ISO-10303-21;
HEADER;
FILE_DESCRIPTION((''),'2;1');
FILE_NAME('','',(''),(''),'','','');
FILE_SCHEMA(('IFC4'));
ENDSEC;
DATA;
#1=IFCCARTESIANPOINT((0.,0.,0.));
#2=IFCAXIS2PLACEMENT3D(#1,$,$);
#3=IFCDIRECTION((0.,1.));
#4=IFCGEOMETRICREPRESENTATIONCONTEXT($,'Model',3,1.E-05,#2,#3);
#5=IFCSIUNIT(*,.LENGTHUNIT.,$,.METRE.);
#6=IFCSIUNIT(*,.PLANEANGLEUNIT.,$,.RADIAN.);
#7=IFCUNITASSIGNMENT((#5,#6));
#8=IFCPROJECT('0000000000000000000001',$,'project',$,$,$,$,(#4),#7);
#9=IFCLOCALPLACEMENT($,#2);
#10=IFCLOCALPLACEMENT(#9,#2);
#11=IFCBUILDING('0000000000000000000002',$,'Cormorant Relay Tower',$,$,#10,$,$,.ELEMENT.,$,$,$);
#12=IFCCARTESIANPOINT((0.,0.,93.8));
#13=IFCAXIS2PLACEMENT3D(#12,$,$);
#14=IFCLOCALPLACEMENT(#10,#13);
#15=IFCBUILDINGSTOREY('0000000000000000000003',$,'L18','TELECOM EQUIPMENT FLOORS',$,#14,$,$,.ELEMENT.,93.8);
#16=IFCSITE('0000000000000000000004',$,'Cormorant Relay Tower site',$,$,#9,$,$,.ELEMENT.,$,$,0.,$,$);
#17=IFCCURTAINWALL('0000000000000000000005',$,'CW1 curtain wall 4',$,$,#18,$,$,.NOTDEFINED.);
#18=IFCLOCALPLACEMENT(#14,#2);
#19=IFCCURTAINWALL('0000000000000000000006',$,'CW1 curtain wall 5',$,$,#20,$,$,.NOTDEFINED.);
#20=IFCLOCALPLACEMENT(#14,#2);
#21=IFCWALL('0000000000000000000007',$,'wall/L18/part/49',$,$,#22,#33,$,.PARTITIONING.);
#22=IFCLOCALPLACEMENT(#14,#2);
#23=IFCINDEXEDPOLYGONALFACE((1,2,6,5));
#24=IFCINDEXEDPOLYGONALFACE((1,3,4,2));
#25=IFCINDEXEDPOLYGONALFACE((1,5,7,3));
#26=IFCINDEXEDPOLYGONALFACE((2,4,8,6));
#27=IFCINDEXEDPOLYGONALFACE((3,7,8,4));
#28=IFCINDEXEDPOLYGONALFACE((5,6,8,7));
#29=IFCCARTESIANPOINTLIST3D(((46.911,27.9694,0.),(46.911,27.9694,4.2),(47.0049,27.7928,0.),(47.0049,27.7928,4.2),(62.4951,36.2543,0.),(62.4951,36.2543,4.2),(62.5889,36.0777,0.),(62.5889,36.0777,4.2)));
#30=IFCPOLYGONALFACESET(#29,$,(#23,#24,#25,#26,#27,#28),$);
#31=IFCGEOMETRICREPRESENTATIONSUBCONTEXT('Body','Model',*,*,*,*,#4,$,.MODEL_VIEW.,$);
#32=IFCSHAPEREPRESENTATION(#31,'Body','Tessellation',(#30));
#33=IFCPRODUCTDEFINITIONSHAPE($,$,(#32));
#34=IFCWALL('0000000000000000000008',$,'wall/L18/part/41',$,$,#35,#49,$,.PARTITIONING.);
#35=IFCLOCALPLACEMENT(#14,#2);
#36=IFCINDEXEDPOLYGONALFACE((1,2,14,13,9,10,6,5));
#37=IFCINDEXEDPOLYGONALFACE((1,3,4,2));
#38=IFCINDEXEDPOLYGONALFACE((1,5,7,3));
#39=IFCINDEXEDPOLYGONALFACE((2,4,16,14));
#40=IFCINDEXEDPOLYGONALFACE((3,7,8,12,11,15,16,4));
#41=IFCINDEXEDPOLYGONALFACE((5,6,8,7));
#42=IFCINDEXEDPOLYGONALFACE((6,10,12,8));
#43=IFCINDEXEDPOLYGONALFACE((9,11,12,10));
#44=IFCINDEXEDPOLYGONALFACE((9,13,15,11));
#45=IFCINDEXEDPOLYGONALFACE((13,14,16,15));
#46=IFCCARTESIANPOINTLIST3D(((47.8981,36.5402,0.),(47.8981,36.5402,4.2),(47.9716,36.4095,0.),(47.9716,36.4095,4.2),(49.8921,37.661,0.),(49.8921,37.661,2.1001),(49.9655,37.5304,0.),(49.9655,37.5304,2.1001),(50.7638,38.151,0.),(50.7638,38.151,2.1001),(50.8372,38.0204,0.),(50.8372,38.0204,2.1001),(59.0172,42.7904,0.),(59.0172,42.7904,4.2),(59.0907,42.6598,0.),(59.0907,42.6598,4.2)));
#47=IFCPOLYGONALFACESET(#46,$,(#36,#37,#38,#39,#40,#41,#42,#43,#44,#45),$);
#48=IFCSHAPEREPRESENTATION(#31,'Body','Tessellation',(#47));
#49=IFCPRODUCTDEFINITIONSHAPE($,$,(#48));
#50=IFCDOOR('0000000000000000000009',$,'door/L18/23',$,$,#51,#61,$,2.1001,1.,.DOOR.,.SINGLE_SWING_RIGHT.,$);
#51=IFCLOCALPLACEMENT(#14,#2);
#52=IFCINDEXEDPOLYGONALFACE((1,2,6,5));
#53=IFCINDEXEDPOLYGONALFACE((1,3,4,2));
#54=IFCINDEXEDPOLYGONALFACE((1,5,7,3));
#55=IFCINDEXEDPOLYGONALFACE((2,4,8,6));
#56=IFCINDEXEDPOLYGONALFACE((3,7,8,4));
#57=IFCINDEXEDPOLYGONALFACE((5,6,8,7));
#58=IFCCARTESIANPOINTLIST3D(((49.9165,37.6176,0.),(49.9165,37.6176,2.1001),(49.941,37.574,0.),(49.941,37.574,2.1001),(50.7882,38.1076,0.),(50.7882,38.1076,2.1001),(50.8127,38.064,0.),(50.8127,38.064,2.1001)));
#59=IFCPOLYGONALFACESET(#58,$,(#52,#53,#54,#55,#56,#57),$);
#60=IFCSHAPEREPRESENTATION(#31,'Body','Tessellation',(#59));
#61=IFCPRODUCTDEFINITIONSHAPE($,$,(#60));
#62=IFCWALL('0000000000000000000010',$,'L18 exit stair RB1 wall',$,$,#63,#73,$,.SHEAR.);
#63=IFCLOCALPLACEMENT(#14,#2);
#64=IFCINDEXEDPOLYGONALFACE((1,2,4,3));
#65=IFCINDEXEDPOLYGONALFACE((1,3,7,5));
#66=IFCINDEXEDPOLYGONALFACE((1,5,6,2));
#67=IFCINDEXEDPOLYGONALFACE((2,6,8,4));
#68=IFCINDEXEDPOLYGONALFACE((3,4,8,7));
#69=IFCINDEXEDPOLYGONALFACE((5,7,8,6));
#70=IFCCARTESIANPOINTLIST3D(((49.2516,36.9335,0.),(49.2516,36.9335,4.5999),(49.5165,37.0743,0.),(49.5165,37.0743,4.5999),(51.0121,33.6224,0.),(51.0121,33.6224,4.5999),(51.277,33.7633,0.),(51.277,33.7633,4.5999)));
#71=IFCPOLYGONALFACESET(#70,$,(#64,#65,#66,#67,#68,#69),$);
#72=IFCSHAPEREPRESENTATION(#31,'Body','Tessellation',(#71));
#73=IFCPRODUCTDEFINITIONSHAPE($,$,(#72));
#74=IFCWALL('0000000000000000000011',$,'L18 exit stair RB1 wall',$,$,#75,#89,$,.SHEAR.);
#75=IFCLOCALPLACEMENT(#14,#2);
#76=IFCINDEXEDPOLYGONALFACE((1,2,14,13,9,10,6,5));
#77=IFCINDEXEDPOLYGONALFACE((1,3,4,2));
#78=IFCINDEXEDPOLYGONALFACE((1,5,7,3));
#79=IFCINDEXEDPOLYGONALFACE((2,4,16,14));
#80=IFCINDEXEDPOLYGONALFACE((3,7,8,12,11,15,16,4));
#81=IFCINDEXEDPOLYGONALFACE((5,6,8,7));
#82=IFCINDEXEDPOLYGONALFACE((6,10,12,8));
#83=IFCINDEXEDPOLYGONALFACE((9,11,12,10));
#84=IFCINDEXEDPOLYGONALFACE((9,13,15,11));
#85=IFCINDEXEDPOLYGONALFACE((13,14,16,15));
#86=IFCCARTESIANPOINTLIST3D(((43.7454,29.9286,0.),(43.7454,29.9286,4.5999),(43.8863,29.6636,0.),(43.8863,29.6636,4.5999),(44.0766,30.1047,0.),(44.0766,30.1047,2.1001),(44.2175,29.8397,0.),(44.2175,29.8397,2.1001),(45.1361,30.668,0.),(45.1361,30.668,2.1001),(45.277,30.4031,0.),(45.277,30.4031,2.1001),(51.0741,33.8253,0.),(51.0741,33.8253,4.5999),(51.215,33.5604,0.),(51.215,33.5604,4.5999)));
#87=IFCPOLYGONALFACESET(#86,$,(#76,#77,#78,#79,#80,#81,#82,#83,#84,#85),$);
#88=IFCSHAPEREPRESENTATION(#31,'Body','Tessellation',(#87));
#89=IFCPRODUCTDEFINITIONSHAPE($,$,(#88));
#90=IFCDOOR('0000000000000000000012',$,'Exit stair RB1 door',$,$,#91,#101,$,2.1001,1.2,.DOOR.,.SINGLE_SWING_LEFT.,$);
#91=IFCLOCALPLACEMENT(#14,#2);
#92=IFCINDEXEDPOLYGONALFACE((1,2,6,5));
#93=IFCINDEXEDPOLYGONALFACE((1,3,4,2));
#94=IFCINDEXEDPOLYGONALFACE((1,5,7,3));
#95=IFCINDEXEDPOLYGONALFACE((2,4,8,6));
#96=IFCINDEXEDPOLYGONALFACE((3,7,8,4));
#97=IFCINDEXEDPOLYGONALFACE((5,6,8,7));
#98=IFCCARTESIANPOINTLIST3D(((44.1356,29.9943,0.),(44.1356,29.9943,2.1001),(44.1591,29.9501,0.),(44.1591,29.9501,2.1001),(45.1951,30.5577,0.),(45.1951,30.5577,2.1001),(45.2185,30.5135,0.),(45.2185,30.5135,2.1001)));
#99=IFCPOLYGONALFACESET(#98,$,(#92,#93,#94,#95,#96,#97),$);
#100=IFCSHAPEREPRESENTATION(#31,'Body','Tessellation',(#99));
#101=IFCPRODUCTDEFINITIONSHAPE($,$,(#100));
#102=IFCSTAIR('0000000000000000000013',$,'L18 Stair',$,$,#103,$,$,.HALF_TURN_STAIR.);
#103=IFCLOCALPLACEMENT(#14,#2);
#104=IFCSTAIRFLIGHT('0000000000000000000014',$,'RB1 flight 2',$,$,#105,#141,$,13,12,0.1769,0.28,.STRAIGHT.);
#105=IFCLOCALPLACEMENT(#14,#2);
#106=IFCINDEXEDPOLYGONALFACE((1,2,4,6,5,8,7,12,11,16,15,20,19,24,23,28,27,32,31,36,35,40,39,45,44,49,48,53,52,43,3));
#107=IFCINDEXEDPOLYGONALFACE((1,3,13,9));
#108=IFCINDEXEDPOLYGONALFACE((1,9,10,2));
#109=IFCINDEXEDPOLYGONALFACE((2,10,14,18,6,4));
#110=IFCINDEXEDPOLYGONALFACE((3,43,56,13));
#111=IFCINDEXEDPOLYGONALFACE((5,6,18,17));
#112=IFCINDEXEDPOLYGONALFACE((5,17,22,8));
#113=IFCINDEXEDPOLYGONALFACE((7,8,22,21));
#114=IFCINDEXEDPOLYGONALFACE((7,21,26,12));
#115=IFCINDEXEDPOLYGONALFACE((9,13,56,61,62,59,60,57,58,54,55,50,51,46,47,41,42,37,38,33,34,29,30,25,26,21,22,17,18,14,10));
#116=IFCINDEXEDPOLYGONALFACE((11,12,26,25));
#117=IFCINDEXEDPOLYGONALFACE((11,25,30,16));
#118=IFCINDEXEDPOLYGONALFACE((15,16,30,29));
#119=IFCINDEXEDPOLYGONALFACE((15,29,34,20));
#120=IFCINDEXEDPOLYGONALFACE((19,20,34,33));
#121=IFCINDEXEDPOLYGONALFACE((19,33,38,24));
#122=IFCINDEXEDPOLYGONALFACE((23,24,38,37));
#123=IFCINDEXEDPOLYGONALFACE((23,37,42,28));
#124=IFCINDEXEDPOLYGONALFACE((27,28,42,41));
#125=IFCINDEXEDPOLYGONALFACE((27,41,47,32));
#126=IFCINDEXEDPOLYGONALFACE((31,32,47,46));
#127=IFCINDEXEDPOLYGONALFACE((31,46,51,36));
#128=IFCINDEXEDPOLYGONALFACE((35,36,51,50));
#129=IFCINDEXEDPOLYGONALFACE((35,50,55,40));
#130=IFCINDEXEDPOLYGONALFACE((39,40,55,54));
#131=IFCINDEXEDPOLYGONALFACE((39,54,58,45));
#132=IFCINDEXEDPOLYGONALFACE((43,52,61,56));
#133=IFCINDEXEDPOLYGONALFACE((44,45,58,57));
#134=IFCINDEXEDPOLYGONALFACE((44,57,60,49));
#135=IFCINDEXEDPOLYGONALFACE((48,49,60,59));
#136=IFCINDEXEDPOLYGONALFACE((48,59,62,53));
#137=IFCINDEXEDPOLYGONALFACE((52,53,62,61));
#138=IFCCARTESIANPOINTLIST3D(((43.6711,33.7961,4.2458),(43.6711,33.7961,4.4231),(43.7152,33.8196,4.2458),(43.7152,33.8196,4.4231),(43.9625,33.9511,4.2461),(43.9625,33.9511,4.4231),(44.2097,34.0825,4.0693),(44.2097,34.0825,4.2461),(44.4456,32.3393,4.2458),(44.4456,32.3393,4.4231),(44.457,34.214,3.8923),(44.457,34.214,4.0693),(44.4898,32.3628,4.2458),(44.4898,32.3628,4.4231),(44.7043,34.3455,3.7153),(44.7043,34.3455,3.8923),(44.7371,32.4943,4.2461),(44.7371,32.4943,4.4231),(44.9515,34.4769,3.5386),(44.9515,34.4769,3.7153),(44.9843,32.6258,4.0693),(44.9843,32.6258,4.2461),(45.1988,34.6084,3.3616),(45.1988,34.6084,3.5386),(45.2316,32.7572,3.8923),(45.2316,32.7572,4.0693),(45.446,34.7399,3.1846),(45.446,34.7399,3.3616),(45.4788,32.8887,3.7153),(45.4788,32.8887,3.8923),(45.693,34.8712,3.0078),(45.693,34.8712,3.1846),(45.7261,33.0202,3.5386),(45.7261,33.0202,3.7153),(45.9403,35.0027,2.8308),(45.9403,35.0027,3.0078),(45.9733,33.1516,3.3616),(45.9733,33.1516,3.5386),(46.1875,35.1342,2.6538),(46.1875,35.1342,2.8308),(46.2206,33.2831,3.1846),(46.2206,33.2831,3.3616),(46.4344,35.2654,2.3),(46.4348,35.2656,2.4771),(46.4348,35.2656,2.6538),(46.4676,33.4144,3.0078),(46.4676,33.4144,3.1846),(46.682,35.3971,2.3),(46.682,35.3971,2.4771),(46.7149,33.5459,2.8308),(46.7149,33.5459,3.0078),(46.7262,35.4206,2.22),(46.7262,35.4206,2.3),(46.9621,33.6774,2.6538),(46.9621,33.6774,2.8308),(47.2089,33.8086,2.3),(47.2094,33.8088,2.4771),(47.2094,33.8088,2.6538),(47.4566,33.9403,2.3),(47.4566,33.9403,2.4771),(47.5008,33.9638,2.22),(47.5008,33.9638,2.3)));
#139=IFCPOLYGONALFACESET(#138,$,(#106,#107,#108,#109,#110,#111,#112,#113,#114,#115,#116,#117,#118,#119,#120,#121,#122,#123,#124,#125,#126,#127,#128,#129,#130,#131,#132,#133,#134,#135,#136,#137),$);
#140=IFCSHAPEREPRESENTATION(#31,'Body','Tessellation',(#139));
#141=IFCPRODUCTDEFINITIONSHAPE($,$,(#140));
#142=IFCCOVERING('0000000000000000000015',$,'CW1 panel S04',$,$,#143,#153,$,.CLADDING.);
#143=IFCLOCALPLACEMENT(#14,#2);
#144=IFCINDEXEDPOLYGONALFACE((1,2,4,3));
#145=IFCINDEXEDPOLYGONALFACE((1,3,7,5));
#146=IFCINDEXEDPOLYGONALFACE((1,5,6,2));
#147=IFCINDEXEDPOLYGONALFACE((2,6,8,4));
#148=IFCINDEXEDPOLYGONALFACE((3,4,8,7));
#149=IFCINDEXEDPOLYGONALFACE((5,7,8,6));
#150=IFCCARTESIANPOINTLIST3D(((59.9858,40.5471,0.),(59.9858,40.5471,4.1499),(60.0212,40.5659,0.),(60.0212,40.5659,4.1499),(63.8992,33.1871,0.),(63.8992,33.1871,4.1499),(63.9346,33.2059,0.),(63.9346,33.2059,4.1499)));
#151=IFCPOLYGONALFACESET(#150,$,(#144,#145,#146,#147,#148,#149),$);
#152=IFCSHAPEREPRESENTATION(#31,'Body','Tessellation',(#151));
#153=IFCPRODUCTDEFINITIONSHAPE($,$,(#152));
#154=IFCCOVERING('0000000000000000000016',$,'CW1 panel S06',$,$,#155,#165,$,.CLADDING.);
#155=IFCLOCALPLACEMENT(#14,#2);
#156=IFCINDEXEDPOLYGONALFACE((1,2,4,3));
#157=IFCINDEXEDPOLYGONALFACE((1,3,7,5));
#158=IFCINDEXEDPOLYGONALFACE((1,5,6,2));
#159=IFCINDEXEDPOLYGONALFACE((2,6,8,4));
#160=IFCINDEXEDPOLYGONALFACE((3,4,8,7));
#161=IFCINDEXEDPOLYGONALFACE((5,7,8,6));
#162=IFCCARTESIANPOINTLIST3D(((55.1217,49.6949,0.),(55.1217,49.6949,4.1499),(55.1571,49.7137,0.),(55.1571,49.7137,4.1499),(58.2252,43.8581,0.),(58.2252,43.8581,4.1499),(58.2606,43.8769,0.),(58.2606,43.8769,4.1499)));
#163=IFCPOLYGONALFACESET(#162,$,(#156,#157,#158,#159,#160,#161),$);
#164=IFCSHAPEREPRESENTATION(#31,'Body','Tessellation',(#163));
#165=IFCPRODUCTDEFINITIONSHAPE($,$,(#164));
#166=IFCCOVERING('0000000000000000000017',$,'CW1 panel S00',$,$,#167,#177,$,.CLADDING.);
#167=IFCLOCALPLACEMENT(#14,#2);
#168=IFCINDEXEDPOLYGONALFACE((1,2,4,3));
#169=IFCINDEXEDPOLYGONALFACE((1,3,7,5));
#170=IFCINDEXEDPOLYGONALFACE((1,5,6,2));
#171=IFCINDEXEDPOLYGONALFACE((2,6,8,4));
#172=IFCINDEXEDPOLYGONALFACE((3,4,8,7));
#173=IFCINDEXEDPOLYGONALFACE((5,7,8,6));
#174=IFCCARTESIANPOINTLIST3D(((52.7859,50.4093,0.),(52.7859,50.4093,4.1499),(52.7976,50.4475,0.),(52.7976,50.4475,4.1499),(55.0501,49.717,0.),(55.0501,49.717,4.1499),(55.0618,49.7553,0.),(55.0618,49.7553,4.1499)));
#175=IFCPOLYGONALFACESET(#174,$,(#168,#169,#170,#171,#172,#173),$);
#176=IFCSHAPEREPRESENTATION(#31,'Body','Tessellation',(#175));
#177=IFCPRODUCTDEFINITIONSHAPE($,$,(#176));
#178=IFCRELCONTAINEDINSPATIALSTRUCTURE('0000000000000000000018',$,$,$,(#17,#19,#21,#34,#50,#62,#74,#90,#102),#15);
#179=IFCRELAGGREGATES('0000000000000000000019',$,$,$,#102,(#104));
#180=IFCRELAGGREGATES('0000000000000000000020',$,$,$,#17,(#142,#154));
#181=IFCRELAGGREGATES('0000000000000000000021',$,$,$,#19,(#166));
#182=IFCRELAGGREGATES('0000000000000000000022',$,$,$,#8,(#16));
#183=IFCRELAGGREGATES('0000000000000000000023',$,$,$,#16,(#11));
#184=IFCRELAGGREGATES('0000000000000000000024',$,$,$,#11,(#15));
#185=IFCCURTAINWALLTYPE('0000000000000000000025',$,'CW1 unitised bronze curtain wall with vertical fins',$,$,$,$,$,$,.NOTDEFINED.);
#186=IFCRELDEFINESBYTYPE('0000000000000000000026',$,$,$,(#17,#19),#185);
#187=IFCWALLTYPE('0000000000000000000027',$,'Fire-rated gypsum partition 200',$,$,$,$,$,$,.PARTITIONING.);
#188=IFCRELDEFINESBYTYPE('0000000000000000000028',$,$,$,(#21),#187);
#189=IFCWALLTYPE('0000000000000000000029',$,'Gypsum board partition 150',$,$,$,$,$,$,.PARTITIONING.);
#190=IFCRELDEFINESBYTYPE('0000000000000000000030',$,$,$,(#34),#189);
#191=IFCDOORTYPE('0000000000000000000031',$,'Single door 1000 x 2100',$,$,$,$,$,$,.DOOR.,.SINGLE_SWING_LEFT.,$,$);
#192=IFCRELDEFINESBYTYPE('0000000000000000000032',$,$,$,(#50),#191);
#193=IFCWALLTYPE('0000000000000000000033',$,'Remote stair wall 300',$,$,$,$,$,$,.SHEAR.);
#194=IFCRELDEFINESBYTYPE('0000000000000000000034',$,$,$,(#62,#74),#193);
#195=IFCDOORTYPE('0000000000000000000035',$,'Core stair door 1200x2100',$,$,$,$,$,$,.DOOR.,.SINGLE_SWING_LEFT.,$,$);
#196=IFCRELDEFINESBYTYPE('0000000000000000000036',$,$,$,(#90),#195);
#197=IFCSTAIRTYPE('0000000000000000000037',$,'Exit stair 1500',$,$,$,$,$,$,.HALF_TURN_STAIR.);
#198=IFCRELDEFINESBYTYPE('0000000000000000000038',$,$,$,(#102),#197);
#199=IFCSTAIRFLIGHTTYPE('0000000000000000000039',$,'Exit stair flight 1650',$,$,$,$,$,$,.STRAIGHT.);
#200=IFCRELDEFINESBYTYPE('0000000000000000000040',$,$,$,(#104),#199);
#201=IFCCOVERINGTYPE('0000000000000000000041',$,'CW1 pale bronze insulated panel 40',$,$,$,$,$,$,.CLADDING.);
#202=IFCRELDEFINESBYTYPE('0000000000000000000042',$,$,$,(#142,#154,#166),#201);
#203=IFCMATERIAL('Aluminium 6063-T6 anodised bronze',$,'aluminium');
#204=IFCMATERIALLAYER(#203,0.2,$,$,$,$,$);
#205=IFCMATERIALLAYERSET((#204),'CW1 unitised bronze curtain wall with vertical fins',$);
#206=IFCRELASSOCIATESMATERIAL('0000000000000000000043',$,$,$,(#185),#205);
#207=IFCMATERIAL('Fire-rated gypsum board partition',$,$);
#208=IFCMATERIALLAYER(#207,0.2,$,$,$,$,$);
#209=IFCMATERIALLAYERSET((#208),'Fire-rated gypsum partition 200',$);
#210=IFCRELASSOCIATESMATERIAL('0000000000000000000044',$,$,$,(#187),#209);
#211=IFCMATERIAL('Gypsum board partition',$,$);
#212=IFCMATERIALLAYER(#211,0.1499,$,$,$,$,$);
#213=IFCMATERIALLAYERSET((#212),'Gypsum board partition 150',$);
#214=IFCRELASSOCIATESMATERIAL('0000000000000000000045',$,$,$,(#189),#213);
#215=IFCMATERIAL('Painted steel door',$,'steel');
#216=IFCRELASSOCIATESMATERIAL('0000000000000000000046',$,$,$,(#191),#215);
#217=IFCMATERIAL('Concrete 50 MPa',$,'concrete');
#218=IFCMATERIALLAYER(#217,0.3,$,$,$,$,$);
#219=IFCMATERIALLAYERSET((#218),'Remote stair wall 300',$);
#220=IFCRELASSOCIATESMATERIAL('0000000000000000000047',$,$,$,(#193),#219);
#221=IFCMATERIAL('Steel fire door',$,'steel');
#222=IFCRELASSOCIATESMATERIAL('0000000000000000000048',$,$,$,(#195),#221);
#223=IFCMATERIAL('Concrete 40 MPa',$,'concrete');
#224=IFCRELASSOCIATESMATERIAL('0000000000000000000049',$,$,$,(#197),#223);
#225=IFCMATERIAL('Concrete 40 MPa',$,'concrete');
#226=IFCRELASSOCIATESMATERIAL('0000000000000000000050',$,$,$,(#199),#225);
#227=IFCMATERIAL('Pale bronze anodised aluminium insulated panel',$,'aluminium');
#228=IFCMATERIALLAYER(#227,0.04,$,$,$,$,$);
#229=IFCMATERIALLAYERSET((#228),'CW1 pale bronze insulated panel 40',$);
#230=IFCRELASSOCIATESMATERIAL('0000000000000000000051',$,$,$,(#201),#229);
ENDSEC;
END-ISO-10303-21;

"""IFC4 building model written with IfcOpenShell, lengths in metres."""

from ifc_helpers import new_model, si_unit, direction, frame, frame_2d, origin, origin_2d, place, context, subcontext, project, spatial, polyline, rectangle, outline, extrude, material, layer, layer_set, type_object, element, fill, aggregate, save


model = new_model("IFC4")

# Units and contexts
model_context = context("Model", 3, precision=1e-05, world=origin(), true_north=direction((0.0, 1.0)))
body_context = subcontext(model_context, "Body", "Model", "MODEL_VIEW")
ifc_project = project(units=[si_unit("LENGTHUNIT", "METRE"), si_unit("PLANEANGLEUNIT", "RADIAN")], contexts=[model_context])

# Site, building, storey
site_placement = place(None, origin())
site = spatial("IfcSite", under=ifc_project, at=site_placement, Name="Cormorant Relay Tower site", CompositionType="ELEMENT", RefElevation=0.0)
building_placement = place(site_placement, origin())
building = spatial("IfcBuilding", under=site, at=building_placement, Name="Cormorant Relay Tower", CompositionType="ELEMENT")
storey_placement = place(building_placement, frame((0.0, 0.0, 93.8)))
storey = spatial("IfcBuildingStorey", under=building, at=storey_placement, Name="L18", Description="TELECOM EQUIPMENT FLOORS", CompositionType="ELEMENT", Elevation=93.8)

# Curtain wall
ifc_material_1 = material(Name="Aluminium 6063-T6 anodised bronze", Category="aluminium")
ifc_layer_1 = layer(ifc_material_1, 0.2)
ifc_layer_set_1 = layer_set([ifc_layer_1], Name="CW1 unitised bronze curtain wall with vertical fins")
curtain_wall_type = type_object("IfcCurtainWallType", Name="CW1 unitised bronze curtain wall with vertical fins", PredefinedType="NOTDEFINED", material=ifc_layer_set_1)
curtain_wall_1_placement = place(storey_placement, origin())
curtain_wall_1 = element("IfcCurtainWall", 1, at=curtain_wall_1_placement, inside=storey, type_object=curtain_wall_type, Name="CW1 curtain wall 4", PredefinedType="NOTDEFINED")

# Curtain wall
curtain_wall_2_placement = place(storey_placement, origin())
curtain_wall_2 = element("IfcCurtainWall", 2, at=curtain_wall_2_placement, inside=storey, type_object=curtain_wall_type, Name="CW1 curtain wall 5", PredefinedType="NOTDEFINED")

# Wall
ifc_material_2 = material(Name="Fire-rated gypsum board partition")
ifc_layer_2 = layer(ifc_material_2, 0.2)
ifc_layer_set_2 = layer_set([ifc_layer_2], Name="Fire-rated gypsum partition 200")
wall_type_1 = type_object("IfcWallType", Name="Fire-rated gypsum partition 200", PredefinedType="PARTITIONING", material=ifc_layer_set_2)
wall_1_placement = place(storey_placement, frame((62.542, 36.166, 0.0), z_axis=(0.0, 0.0, 1.0), x_axis=(-0.882977, -0.469417, 0.0)))
element("IfcWall", 3, at=wall_1_placement, inside=storey, type_object=wall_type_1, Name="wall/L18/part/49", PredefinedType="PARTITIONING", context=body_context, shape_type="SweptSolid", body=[
    extrude(rectangle(XDim=17.6494, YDim=0.2, at=frame_2d((8.8247, 0.0))), origin(), (0.0, 0.0, 1.0), 4.2),
])

# Wall, opening, door
ifc_material_3 = material(Name="Gypsum board partition")
ifc_layer_3 = layer(ifc_material_3, 0.1499)
ifc_layer_set_3 = layer_set([ifc_layer_3], Name="Gypsum board partition 150")
wall_type_2 = type_object("IfcWallType", Name="Gypsum board partition 150", PredefinedType="PARTITIONING", material=ifc_layer_set_3)
wall_2_placement = place(storey_placement, frame((59.054, 42.7251, 0.0), z_axis=(0.0, 0.0, 1.0), x_axis=(-0.871719, -0.490007, 0.0)))
wall_2 = element("IfcWall", 4, at=wall_2_placement, inside=storey, type_object=wall_type_2, Name="wall/L18/part/41", PredefinedType="PARTITIONING", context=body_context, shape_type="SweptSolid", body=[
    extrude(rectangle(XDim=12.7554, YDim=0.1499, at=frame_2d((6.3777, 0.0))), origin(), (0.0, 0.0, 1.0), 4.2),
])
opening_1_placement = place(wall_2_placement, frame((9.468, 0.0, 0.0)))
opening_1 = element("IfcOpeningElement", 5, at=opening_1_placement, cuts=wall_2, PredefinedType="OPENING", context=body_context, shape_type="SweptSolid", body=[
    extrude(rectangle(XDim=1.0, YDim=2.1001, at=frame_2d((0.5, 1.05))), frame((0.0, 0.085, 0.0), z_axis=(0.0, -1.0, 0.0), x_axis=(1.0, 0.0, 0.0)), (0.0, 0.0, 1.0), 0.1699),
])
ifc_material_4 = material(Name="Painted steel door", Category="steel")
door_type_1 = type_object("IfcDoorType", Name="Single door 1000 x 2100", OperationType="SINGLE_SWING_LEFT", PredefinedType="DOOR", material=ifc_material_4)
door_1_placement = place(opening_1_placement, origin())
door_1 = element("IfcDoor", 6, at=door_1_placement, inside=storey, type_object=door_type_1, Name="door/L18/23", OperationType="SINGLE_SWING_RIGHT", OverallHeight=2.1001, OverallWidth=1.0, PredefinedType="DOOR", context=body_context, shape_type="SweptSolid", body=[
    extrude(rectangle(XDim=1.0, YDim=2.1001, at=frame_2d((0.5, 1.05))), frame((0.0, 0.0249, 0.0), z_axis=(0.0, -1.0, 0.0), x_axis=(1.0, 0.0, 0.0)), (0.0, 0.0, 1.0), 0.05),
])
fill(opening_1, door_1)

# Wall
ifc_material_5 = material(Name="Concrete 50 MPa", Category="concrete")
ifc_layer_4 = layer(ifc_material_5, 0.3)
ifc_layer_set_4 = layer_set([ifc_layer_4], Name="Remote stair wall 300")
wall_type_3 = type_object("IfcWallType", Name="Remote stair wall 300", PredefinedType="SHEAR", material=ifc_layer_set_4)
wall_3_placement = place(storey_placement, frame((49.384, 37.0039, 0.0), z_axis=(0.0, 0.0, 1.0), x_axis=(0.469469, -0.882949, 0.0)))
element("IfcWall", 7, at=wall_3_placement, inside=storey, type_object=wall_type_3, Name="L18 exit stair RB1 wall", PredefinedType="SHEAR", context=body_context, shape_type="SweptSolid", body=[
    extrude(rectangle(XDim=3.75, YDim=0.3, at=frame_2d((1.875, 0.0))), origin(), (0.0, 0.0, 1.0), 4.5999),
])

# Wall, opening, door
wall_4_placement = place(storey_placement, frame((51.1445, 33.6929, 0.0), z_axis=(0.0, 0.0, 1.0), x_axis=(-0.882946, -0.469475, 0.0)))
wall_4 = element("IfcWall", 8, at=wall_4_placement, inside=storey, type_object=wall_type_3, Name="L18 exit stair RB1 wall", PredefinedType="SHEAR", context=body_context, shape_type="SweptSolid", body=[
    extrude(rectangle(XDim=8.3003, YDim=0.3, at=frame_2d((4.1501, 0.0))), origin(), (0.0, 0.0, 1.0), 4.5999),
])
opening_2_placement = place(wall_4_placement, frame((6.7251, 0.0, 0.0)))
opening_2 = element("IfcOpeningElement", 9, at=opening_2_placement, cuts=wall_4, PredefinedType="OPENING", context=body_context, shape_type="SweptSolid", body=[
    extrude(rectangle(XDim=1.2, YDim=2.1001, at=frame_2d((0.6001, 1.05))), frame((0.0, 0.1599, 0.0), z_axis=(0.0, -1.0, 0.0), x_axis=(1.0, 0.0, 0.0)), (0.0, 0.0, 1.0), 0.3201),
])
ifc_material_6 = material(Name="Steel fire door", Category="steel")
door_type_2 = type_object("IfcDoorType", Name="Core stair door 1200x2100", OperationType="SINGLE_SWING_LEFT", PredefinedType="DOOR", material=ifc_material_6)
door_2_placement = place(opening_2_placement, frame((1.2, 0.0, 0.0), z_axis=(0.0, 0.0, 1.0), x_axis=(-1.0, 0.0, 0.0)))
door_2 = element("IfcDoor", 10, at=door_2_placement, inside=storey, type_object=door_type_2, Name="Exit stair RB1 door", OperationType="SINGLE_SWING_LEFT", OverallHeight=2.1001, OverallWidth=1.2, PredefinedType="DOOR", context=body_context, shape_type="SweptSolid", body=[
    extrude(rectangle(XDim=1.2, YDim=2.1001, at=frame_2d((0.6001, 1.05))), frame((0.0, 0.0249, 0.0), z_axis=(0.0, -1.0, 0.0), x_axis=(1.0, 0.0, 0.0)), (0.0, 0.0, 1.0), 0.05),
])
fill(opening_2, door_2)

# Stair, stair flight
ifc_material_7 = material(Name="Concrete 40 MPa", Category="concrete")
stair_type = type_object("IfcStairType", Name="Exit stair 1500", PredefinedType="HALF_TURN_STAIR", material=ifc_material_7)
stair_placement = place(storey_placement, origin())
stair = element("IfcStair", 11, at=stair_placement, inside=storey, type_object=stair_type, Name="L18 Stair", PredefinedType="HALF_TURN_STAIR")
ifc_material_8 = material(Name="Concrete 40 MPa", Category="concrete")
stair_flight_type = type_object("IfcStairFlightType", Name="Exit stair flight 1650", PredefinedType="STRAIGHT", material=ifc_material_8)
stair_flight_placement = place(storey_placement, frame((47.0693, 34.6687, 2.3), z_axis=(0.0, 0.0, 1.0), x_axis=(-0.882948, -0.469472, 0.0)))
stair_flight = element("IfcStairFlight", 12, at=stair_flight_placement, type_object=stair_flight_type, Name="RB1 flight 2", NumberOfRisers=13, NumberOfTreads=12, PredefinedType="STRAIGHT", RiserHeight=0.1769, TreadLength=0.28, context=body_context, shape_type="SweptSolid", body=[
    extrude(outline(polyline([(-0.05, -0.0801), (-0.05, 0.0), (0.0, 0.0), (0.0, 0.177), (0.28, 0.177), (0.28, 0.3538), (0.5601, 0.3538), (0.5601, 0.5308), (0.8401, 0.5308), (0.8401, 0.7078), (1.1201, 0.7078), (1.1201, 0.8845), (1.3999, 0.8845), (1.3999, 1.0615), (1.6799, 1.0615), (1.6799, 1.2385), (1.96, 1.2385), (1.96, 1.4153), (2.24, 1.4153), (2.24, 1.5923), (2.52, 1.5923), (2.52, 1.7693), (2.8, 1.7693), (2.8, 1.946), (3.0801, 1.946), (3.0801, 2.123), (3.3601, 2.123), (3.4102, 2.123), (3.4102, 1.9458), (3.3601, 1.9458), (0.2805, 0.0), (-0.05, -0.0801)])), frame((0.0, 0.825, 0.0), z_axis=(0.0, -1.0, 0.0), x_axis=(1.0, 0.0, 0.0)), (0.0, 0.0, 1.0), 1.6499),
])
aggregate(stair, [stair_flight])

# Coverings
ifc_material_9 = material(Name="Pale bronze anodised aluminium insulated panel", Category="aluminium")
ifc_layer_5 = layer(ifc_material_9, 0.04)
ifc_layer_set_5 = layer_set([ifc_layer_5], Name="CW1 pale bronze insulated panel 40")
covering_type = type_object("IfcCoveringType", Name="CW1 pale bronze insulated panel 40", PredefinedType="CLADDING", material=ifc_layer_set_5)
covering_1_placement = place(storey_placement, frame((61.9602, 36.8765, 0.0), z_axis=(0.0, 0.0, 1.0), x_axis=(-0.469472, 0.882948, 0.0)))
covering_1 = element("IfcCovering", 13, at=covering_1_placement, type_object=covering_type, Name="CW1 panel S04", PredefinedType="CLADDING", context=body_context, shape_type="SweptSolid", body=[
    extrude(rectangle(XDim=8.3357, YDim=0.04, at=origin_2d()), origin(), (0.0, 0.0, 1.0), 4.1499),
])
covering_2_placement = place(storey_placement, frame((56.6912, 46.7859, 0.0), z_axis=(0.0, 0.0, 1.0), x_axis=(-0.469472, 0.882948, 0.0)))
covering_2 = element("IfcCovering", 14, at=covering_2_placement, type_object=covering_type, Name="CW1 panel S06", PredefinedType="CLADDING", context=body_context, shape_type="SweptSolid", body=[
    extrude(rectangle(XDim=6.6106, YDim=0.04, at=origin_2d()), origin(), (0.0, 0.0, 1.0), 4.1499),
])
aggregate(curtain_wall_1, [covering_1, covering_2])
covering_3_placement = place(storey_placement, frame((53.9238, 50.0823, 0.0), z_axis=(0.0, 0.0, 1.0), x_axis=(-0.956305, 0.292372, 0.0)))
covering_3 = element("IfcCovering", 15, at=covering_3_placement, type_object=covering_type, Name="CW1 panel S00", PredefinedType="CLADDING", context=body_context, shape_type="SweptSolid", body=[
    extrude(rectangle(XDim=2.3677, YDim=0.04, at=origin_2d()), origin(), (0.0, 0.0, 1.0), 4.1499),
])
aggregate(curtain_wall_2, [covering_3])

save(model, "model.ifc")
